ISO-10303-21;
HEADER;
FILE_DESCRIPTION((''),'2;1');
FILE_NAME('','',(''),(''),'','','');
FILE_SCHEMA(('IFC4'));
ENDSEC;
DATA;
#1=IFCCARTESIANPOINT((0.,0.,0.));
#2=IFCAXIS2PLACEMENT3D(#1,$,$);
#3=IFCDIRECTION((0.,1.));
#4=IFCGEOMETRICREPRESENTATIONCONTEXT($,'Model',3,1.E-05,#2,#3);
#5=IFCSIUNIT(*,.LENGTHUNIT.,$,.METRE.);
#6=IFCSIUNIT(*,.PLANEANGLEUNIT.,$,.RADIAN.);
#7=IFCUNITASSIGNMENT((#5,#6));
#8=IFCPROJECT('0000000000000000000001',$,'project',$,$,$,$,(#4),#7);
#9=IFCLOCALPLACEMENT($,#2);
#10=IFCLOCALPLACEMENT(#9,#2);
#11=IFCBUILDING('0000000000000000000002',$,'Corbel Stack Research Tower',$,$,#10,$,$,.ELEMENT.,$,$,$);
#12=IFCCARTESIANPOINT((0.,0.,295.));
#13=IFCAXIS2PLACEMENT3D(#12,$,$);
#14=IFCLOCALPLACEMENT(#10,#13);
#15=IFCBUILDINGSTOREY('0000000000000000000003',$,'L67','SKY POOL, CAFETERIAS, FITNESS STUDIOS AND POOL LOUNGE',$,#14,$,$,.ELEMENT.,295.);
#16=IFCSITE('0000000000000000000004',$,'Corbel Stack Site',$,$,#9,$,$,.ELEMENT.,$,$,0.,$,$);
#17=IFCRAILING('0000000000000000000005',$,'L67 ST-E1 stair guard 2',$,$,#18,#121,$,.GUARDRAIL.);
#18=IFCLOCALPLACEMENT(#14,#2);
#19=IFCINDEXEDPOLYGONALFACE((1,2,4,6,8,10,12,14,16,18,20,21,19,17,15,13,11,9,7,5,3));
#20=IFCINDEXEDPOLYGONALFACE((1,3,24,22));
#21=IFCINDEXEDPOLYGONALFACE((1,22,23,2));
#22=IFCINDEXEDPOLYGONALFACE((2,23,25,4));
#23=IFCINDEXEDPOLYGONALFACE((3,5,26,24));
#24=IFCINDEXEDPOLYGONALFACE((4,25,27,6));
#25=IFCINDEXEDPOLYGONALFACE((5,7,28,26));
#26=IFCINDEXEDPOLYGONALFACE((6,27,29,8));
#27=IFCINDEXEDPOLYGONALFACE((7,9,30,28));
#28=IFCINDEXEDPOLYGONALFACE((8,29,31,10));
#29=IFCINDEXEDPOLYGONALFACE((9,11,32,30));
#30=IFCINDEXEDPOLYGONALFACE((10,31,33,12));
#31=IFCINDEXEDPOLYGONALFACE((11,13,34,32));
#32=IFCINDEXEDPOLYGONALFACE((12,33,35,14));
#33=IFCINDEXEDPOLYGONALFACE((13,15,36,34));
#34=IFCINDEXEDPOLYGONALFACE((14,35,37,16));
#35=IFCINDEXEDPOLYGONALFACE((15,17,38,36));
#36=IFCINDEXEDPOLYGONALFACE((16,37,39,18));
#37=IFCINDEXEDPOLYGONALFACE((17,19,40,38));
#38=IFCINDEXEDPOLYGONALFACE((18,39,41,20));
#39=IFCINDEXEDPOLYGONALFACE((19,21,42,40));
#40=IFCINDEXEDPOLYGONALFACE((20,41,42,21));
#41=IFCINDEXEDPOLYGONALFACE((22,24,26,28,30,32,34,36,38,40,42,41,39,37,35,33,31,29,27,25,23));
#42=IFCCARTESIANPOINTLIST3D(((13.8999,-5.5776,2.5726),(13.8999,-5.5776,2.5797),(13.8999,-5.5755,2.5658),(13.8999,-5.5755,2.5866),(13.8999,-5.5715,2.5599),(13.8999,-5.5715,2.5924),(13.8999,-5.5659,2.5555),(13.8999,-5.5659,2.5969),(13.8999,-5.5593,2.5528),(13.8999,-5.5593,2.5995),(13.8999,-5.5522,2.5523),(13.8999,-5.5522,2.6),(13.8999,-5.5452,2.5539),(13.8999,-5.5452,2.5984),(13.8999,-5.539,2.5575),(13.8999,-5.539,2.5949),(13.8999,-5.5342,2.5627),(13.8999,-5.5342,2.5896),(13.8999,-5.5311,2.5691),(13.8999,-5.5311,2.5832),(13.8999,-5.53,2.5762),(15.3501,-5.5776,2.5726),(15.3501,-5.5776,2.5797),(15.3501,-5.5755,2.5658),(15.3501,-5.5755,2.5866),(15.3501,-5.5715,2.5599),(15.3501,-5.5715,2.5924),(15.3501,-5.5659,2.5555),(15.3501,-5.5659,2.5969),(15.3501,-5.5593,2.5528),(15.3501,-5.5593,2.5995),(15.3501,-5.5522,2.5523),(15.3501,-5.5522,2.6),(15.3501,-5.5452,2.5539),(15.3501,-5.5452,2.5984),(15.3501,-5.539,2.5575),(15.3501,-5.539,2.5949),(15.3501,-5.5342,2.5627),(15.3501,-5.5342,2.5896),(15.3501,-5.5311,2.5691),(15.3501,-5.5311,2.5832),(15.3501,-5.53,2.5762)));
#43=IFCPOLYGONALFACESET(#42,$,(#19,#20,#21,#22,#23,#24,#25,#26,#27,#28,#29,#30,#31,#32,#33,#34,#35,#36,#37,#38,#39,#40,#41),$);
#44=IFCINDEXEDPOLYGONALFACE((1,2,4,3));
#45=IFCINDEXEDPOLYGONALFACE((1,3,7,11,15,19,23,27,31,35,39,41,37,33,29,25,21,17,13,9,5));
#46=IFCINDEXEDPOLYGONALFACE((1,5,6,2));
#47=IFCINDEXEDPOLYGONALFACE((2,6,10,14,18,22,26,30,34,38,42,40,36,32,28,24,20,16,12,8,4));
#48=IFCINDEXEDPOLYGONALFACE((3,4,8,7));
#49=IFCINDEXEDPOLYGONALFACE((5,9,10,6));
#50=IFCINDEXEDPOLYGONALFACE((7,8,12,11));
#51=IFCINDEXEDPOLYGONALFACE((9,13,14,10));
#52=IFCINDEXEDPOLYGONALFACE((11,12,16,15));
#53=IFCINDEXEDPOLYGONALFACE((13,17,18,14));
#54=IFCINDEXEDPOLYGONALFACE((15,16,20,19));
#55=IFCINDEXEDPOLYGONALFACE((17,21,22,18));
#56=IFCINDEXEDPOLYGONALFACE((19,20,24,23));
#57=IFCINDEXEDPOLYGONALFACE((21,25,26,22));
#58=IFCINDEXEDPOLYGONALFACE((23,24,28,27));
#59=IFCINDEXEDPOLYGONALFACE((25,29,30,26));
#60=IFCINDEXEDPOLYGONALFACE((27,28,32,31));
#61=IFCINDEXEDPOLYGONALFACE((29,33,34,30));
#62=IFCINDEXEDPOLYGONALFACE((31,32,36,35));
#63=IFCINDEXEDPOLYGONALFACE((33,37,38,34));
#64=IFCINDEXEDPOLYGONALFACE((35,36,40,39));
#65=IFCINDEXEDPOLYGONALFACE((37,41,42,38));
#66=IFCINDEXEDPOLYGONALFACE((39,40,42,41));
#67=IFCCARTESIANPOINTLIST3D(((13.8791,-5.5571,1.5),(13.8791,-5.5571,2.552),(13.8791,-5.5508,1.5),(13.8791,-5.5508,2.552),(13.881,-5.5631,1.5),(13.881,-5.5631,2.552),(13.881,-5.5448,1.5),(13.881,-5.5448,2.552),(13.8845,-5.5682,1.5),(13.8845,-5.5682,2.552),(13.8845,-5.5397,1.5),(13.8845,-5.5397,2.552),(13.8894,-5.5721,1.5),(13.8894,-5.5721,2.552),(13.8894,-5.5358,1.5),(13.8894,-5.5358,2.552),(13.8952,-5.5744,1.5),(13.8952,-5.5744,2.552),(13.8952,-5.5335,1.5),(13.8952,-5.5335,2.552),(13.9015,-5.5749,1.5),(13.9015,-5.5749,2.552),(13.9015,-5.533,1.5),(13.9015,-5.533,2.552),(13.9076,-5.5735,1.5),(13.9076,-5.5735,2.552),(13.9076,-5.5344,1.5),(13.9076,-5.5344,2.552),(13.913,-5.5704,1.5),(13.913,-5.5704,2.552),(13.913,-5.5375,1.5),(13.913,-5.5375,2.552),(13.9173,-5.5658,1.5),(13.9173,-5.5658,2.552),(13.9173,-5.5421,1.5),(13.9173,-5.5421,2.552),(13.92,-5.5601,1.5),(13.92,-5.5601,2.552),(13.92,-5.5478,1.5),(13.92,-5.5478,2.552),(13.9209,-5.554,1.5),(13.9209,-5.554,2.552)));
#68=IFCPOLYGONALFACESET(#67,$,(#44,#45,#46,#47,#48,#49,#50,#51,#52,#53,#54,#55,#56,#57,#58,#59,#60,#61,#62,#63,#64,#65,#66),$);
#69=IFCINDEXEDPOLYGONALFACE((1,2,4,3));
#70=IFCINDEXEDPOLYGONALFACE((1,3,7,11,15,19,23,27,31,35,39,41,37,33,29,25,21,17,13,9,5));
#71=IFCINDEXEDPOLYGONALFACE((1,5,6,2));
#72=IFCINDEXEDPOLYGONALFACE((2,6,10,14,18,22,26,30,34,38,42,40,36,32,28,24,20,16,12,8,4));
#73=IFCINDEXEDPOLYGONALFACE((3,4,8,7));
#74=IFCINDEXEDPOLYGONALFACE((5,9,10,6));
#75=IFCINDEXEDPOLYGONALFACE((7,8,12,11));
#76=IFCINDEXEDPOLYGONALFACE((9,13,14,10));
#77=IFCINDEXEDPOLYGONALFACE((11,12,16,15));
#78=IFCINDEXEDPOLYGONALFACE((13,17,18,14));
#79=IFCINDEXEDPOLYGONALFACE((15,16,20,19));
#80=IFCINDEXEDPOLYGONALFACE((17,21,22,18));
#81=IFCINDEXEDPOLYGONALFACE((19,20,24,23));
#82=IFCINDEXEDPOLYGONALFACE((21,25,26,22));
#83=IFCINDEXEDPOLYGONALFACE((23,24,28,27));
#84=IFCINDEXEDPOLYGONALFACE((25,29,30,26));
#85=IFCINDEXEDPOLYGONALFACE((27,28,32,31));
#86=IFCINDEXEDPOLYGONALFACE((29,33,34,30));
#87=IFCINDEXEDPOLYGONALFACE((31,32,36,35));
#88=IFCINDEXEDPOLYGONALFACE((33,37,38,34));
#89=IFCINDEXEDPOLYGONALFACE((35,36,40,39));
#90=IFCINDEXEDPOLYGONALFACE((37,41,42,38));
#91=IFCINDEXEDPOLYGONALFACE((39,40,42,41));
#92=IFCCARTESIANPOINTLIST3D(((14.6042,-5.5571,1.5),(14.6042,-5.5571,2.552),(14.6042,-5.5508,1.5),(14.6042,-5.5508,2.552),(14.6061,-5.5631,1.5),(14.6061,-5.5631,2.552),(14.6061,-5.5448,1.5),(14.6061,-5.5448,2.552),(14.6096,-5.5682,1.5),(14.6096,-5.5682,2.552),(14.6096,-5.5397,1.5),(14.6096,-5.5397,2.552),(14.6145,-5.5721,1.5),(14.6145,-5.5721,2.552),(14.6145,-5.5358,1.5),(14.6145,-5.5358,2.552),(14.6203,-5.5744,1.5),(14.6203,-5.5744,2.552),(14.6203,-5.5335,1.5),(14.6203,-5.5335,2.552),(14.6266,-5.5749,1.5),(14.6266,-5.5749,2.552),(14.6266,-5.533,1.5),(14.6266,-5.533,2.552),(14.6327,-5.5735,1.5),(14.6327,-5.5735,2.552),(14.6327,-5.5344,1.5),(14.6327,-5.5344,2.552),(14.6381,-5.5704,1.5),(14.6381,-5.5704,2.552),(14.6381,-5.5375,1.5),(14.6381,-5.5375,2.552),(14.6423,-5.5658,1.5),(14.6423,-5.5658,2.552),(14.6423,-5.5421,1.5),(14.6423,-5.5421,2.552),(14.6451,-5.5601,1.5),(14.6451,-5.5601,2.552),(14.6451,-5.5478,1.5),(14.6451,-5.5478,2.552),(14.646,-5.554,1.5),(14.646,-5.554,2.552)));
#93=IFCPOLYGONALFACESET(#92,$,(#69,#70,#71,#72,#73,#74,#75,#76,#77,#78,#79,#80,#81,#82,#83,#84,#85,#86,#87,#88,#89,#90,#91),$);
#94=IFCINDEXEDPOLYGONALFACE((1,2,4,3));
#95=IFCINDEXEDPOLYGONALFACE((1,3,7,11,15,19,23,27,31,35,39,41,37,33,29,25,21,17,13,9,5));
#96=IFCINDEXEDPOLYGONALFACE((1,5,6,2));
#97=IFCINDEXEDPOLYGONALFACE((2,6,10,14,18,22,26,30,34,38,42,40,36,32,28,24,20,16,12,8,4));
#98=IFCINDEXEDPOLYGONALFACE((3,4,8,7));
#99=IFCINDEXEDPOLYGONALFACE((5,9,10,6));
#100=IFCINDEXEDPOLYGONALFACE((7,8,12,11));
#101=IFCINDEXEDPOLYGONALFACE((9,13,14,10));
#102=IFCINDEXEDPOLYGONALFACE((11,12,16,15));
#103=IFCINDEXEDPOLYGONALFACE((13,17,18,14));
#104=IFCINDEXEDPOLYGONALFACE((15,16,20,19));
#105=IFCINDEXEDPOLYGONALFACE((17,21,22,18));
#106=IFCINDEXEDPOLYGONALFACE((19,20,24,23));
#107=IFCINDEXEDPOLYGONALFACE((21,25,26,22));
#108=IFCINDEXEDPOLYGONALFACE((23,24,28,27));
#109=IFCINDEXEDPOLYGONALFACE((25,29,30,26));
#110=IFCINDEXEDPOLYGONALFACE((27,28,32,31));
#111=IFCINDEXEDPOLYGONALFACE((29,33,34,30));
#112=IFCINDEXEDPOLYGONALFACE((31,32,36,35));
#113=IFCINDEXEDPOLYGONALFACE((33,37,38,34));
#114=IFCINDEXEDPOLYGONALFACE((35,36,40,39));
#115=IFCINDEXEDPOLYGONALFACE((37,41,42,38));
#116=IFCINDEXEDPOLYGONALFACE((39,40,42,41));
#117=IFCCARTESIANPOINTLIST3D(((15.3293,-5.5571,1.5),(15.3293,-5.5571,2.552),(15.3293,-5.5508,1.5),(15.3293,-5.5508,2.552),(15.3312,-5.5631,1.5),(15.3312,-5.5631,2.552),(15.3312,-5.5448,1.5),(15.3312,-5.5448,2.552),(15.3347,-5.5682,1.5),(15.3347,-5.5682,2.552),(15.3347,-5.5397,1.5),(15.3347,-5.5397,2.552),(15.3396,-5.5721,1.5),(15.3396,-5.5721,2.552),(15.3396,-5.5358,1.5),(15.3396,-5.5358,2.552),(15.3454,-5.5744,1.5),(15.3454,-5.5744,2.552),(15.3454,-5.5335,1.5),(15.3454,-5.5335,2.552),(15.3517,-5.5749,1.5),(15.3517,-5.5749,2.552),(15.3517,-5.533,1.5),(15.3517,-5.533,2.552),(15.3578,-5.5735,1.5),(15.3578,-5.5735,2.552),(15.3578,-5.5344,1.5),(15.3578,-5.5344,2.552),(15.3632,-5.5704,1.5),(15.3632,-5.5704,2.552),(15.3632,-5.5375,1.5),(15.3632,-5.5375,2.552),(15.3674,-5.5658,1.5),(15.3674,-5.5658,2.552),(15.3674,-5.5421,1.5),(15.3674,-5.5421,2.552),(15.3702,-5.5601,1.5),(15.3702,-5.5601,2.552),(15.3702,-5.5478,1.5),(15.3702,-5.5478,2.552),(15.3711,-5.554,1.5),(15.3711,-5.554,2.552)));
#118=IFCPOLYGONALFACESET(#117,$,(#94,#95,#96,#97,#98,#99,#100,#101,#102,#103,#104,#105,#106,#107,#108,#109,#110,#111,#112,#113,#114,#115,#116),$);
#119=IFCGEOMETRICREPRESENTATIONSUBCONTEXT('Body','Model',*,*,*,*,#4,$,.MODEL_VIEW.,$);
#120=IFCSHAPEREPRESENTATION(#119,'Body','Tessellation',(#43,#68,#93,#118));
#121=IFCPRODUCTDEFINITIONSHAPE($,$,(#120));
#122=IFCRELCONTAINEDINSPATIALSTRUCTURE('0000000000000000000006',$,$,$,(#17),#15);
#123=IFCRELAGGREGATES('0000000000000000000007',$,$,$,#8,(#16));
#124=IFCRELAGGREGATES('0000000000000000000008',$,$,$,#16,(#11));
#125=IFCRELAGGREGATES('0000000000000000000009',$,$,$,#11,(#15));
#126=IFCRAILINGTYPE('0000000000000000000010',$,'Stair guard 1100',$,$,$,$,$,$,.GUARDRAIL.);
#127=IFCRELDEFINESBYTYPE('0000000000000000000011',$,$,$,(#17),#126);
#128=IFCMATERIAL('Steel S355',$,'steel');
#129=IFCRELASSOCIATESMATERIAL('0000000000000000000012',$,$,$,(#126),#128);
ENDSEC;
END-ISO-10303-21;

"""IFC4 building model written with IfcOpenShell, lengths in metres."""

from ifc_helpers import new_model, si_unit, direction, frame, origin, origin_2d, place, context, subcontext, project, spatial, circle, extrude, material, type_object, element, save


model = new_model("IFC4")

# Units and contexts
model_context = context("Model", 3, precision=1e-05, world=origin(), true_north=direction((0.0, 1.0)))
body_context = subcontext(model_context, "Body", "Model", "MODEL_VIEW")
ifc_project = project(units=[si_unit("LENGTHUNIT", "METRE"), si_unit("PLANEANGLEUNIT", "RADIAN")], contexts=[model_context])

# Site, building, storey
site_placement = place(None, origin())
site = spatial("IfcSite", under=ifc_project, at=site_placement, Name="Corbel Stack Site", CompositionType="ELEMENT", RefElevation=0.0)
building_placement = place(site_placement, origin())
building = spatial("IfcBuilding", under=site, at=building_placement, Name="Corbel Stack Research Tower", CompositionType="ELEMENT")
storey_placement = place(building_placement, frame((0.0, 0.0, 295.0)))
storey = spatial("IfcBuildingStorey", under=building, at=storey_placement, Name="L67", Description="SKY POOL, CAFETERIAS, FITNESS STUDIOS AND POOL LOUNGE", CompositionType="ELEMENT", Elevation=295.0)

# Railing
ifc_material_1 = material(Name="Steel S355", Category="steel")
railing_type_1 = type_object("IfcRailingType", Name="Stair guard 1100", PredefinedType="GUARDRAIL", material=ifc_material_1)
railing_1_placement = place(storey_placement, frame((13.8999, -5.554, 1.5)))
element("IfcRailing", 1, at=railing_1_placement, inside=storey, type_object=railing_type_1, Name="L67 ST-E1 stair guard 2", PredefinedType="GUARDRAIL", context=body_context, shape_type="SweptSolid", body=[
    extrude(circle(Radius=0.0239, at=origin_2d()), frame((0.0, 0.0, 1.0762), z_axis=(1.0, 0.0, 0.0), x_axis=(0.0, 1.0, 0.0)), (0.0, 0.0, 1.0), 1.4502),
    extrude(circle(Radius=0.021, at=origin_2d()), origin(), (0.0, 0.0, 1.0), 1.052),
    extrude(circle(Radius=0.021, at=origin_2d()), frame((0.7251, 0.0, 0.0)), (0.0, 0.0, 1.0), 1.052),
    extrude(circle(Radius=0.021, at=origin_2d()), frame((1.4502, 0.0, 0.0)), (0.0, 0.0, 1.0), 1.052),
])

save(model, "model.ifc")
